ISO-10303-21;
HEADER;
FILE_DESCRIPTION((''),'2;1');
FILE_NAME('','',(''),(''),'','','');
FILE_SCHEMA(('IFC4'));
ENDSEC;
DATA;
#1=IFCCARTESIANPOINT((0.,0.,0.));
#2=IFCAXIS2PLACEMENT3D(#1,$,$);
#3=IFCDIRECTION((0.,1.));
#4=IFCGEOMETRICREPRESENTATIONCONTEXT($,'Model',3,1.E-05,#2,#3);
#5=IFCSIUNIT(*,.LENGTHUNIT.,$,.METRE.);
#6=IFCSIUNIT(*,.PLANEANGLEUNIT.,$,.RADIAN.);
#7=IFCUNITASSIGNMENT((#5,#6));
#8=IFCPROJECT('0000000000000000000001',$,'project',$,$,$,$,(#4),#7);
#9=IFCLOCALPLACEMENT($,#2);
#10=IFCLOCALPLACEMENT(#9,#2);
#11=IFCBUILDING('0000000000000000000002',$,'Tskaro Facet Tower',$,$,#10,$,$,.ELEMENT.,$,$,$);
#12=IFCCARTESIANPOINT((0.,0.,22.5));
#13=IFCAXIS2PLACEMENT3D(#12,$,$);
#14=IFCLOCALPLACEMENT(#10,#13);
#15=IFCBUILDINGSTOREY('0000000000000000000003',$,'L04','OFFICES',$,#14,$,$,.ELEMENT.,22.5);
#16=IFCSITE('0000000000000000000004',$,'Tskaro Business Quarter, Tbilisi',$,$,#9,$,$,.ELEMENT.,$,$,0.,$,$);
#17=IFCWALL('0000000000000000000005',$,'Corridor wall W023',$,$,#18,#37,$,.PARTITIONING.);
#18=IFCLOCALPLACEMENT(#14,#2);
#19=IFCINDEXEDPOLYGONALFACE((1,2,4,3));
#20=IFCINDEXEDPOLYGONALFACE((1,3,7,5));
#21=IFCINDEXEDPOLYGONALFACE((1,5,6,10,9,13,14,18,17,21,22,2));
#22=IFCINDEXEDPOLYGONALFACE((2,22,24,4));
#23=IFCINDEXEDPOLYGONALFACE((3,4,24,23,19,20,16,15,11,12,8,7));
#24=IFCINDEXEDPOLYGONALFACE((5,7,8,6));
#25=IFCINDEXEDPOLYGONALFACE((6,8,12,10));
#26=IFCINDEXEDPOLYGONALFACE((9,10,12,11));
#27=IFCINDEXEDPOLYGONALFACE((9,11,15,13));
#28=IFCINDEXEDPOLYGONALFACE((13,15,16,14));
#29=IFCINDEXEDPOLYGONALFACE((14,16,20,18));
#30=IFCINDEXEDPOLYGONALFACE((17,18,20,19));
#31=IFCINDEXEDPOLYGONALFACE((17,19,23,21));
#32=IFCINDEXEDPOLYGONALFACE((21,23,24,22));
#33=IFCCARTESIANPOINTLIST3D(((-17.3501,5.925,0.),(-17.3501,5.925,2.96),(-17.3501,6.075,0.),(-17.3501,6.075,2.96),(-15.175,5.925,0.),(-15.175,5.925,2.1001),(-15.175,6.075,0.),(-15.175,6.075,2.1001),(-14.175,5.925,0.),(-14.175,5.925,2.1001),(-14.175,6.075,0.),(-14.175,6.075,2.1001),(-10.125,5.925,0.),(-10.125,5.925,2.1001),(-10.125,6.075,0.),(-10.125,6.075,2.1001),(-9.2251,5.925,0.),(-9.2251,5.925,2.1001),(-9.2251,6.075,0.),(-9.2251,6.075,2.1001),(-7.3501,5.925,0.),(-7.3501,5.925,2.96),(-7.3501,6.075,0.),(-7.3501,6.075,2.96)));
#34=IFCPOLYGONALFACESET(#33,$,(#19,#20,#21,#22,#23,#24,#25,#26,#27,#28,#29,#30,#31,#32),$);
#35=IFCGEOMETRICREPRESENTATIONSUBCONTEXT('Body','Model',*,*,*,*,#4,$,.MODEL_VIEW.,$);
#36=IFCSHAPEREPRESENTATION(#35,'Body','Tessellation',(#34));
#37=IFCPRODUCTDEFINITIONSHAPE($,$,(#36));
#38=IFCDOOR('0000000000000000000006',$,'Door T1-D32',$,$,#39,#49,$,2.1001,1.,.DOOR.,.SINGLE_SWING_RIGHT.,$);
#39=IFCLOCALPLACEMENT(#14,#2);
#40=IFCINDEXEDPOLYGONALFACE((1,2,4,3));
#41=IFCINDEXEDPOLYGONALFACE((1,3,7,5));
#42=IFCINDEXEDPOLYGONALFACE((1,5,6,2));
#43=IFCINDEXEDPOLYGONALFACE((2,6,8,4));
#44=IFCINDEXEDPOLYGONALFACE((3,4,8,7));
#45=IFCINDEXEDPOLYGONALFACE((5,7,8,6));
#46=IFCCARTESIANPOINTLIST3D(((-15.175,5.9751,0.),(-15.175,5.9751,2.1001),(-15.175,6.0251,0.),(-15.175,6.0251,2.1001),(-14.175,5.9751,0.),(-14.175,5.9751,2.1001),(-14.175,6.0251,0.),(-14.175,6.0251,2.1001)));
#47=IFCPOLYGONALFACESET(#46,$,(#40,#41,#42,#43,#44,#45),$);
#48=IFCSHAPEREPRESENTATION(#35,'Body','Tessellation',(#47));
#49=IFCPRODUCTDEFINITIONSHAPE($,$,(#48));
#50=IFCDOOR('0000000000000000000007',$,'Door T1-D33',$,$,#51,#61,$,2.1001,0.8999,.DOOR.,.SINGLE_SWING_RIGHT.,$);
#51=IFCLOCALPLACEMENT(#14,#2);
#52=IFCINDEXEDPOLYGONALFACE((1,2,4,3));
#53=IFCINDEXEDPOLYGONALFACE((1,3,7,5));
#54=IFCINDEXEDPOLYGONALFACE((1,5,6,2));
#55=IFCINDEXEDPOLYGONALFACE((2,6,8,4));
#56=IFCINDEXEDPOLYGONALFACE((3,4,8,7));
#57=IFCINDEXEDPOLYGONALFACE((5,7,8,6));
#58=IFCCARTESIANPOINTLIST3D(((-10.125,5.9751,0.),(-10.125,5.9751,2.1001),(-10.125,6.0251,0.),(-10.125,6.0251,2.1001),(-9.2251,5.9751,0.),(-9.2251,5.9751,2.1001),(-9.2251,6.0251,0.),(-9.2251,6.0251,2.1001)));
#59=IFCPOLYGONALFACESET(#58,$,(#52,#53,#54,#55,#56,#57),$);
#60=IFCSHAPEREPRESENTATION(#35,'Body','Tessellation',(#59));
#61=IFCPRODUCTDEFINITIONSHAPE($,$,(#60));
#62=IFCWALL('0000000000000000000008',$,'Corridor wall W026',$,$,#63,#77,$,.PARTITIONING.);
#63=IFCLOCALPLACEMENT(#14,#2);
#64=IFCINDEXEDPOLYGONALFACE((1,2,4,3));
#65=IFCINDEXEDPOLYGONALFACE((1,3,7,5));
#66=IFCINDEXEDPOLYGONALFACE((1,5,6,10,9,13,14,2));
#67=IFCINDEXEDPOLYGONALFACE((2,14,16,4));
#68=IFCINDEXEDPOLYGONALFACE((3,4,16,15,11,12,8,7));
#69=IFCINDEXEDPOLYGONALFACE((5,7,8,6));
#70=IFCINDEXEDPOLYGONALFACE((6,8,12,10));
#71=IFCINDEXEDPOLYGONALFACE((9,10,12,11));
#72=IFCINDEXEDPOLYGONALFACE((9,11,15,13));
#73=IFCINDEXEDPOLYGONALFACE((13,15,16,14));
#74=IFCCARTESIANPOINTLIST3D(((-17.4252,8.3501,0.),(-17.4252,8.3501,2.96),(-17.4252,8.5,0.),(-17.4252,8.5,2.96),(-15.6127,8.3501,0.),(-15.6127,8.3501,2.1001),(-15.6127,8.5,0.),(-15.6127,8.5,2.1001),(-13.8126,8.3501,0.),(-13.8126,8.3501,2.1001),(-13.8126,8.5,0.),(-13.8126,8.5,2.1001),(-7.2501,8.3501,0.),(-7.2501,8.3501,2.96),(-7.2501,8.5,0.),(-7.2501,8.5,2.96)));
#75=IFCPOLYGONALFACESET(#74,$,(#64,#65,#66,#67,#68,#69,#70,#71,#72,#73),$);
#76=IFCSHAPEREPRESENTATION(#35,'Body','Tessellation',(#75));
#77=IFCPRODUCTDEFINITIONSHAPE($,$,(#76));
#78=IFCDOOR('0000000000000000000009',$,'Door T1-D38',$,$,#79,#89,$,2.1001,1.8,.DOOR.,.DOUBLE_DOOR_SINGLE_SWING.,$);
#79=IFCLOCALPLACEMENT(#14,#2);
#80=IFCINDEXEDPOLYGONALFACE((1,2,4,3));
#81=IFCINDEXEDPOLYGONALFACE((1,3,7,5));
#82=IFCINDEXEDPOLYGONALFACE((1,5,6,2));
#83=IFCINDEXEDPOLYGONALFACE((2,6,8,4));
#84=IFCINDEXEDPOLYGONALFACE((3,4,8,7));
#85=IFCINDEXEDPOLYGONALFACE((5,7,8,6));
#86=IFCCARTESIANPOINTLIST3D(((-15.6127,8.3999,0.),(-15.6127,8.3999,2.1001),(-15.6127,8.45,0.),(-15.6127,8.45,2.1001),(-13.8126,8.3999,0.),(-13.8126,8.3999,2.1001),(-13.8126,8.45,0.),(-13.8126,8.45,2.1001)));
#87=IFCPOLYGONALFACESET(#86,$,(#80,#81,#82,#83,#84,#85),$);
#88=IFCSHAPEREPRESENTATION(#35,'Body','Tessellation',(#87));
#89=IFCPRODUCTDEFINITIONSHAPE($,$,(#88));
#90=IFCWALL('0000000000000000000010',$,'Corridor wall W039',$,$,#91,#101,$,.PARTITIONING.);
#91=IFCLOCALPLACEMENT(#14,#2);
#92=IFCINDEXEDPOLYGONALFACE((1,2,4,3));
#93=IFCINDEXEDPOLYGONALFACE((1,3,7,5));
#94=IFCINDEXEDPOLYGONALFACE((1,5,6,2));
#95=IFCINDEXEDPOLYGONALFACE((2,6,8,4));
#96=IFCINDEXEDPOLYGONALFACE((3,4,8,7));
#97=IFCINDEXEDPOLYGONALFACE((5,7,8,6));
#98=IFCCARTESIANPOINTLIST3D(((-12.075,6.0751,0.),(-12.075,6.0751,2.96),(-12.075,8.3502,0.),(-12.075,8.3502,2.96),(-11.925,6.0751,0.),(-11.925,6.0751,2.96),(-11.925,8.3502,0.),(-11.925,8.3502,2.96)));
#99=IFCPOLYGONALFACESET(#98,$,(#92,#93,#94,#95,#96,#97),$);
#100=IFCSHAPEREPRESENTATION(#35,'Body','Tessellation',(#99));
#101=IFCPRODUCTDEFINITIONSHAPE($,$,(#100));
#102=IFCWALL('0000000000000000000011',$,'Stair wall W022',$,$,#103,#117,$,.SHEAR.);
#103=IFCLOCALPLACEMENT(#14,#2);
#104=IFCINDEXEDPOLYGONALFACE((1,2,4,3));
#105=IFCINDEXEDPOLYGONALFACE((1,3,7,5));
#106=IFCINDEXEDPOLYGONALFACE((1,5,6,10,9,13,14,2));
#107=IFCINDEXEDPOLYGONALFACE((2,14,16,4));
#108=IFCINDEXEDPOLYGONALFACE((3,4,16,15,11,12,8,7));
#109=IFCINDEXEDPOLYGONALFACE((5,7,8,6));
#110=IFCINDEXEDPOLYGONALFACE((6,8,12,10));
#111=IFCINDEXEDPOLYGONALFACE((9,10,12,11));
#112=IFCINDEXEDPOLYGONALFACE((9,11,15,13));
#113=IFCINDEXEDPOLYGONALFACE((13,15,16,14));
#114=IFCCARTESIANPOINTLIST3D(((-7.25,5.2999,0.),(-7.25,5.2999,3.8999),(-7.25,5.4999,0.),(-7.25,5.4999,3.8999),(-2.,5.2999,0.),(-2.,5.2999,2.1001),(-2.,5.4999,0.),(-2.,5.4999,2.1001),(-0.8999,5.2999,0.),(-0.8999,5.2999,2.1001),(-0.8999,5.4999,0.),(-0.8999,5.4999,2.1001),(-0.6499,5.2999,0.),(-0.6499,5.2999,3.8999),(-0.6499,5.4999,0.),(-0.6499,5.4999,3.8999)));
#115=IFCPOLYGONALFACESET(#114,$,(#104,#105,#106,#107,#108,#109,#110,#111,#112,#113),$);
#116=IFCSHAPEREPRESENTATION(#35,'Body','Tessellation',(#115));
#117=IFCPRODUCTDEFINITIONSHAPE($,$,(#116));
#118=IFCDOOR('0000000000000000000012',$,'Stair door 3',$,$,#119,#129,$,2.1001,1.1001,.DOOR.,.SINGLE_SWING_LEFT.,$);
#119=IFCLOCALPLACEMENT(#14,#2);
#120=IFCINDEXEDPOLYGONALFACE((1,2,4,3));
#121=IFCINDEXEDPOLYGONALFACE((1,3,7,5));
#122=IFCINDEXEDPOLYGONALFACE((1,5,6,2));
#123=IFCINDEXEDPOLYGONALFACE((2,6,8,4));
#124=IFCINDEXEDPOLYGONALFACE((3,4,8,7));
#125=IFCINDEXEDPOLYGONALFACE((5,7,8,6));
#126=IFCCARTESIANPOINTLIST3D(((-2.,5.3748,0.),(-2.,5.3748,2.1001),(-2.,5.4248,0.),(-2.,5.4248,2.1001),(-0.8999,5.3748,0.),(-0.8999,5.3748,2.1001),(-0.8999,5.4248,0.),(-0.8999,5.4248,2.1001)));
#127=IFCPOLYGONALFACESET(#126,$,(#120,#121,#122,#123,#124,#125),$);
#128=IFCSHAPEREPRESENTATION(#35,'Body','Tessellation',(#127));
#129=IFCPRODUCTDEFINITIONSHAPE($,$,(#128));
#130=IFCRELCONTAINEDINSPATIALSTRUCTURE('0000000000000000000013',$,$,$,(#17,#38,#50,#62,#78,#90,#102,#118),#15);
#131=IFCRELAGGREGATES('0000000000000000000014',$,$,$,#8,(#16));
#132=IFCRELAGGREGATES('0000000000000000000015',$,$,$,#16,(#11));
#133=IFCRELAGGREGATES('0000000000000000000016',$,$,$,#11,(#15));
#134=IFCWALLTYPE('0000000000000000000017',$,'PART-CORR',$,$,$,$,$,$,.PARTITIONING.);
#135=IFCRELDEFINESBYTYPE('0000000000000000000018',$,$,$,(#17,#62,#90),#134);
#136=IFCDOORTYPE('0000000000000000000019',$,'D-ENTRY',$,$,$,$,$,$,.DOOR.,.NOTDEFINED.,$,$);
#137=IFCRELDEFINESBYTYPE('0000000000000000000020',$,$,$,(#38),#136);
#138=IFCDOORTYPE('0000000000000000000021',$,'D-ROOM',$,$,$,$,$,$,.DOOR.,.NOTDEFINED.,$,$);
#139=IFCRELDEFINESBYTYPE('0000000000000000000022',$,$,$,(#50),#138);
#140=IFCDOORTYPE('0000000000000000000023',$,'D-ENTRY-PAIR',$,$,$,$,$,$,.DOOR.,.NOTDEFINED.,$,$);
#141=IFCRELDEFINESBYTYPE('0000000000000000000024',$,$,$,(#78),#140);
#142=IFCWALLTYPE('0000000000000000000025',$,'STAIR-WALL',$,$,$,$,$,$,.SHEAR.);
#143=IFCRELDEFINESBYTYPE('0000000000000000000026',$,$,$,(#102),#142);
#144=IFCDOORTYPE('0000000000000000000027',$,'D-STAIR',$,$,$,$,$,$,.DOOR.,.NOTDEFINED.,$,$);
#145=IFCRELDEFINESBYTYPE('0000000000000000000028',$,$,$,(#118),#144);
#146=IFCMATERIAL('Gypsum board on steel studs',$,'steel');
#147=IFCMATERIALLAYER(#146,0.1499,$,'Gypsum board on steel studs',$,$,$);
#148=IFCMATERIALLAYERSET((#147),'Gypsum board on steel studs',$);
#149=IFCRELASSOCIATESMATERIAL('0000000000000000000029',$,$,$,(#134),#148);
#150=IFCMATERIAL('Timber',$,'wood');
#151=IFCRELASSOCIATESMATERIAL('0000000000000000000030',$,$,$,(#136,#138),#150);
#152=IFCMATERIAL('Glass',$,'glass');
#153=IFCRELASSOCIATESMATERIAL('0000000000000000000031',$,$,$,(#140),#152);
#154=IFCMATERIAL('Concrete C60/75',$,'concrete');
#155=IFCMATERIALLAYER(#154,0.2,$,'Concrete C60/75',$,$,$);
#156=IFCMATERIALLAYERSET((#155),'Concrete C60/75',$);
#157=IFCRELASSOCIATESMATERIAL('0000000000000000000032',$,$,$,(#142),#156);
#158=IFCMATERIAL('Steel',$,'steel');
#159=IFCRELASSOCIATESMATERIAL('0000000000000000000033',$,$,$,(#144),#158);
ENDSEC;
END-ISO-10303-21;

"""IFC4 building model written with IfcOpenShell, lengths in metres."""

from ifc_helpers import new_model, si_unit, direction, frame, frame_2d, origin, place, context, subcontext, project, spatial, rectangle, extrude, material, layer, layer_set, type_object, element, fill, save


model = new_model("IFC4")

# Units and contexts
model_context = context("Model", 3, precision=1e-05, world=origin(), true_north=direction((0.0, 1.0)))
body_context = subcontext(model_context, "Body", "Model", "MODEL_VIEW")
ifc_project = project(units=[si_unit("LENGTHUNIT", "METRE"), si_unit("PLANEANGLEUNIT", "RADIAN")], contexts=[model_context])

# Site, building, storey
site_placement = place(None, origin())
site = spatial("IfcSite", under=ifc_project, at=site_placement, Name="Tskaro Business Quarter, Tbilisi", CompositionType="ELEMENT", RefElevation=0.0)
building_placement = place(site_placement, origin())
building = spatial("IfcBuilding", under=site, at=building_placement, Name="Tskaro Facet Tower", CompositionType="ELEMENT")
storey_placement = place(building_placement, frame((0.0, 0.0, 22.5)))
storey = spatial("IfcBuildingStorey", under=building, at=storey_placement, Name="L04", Description="OFFICES", CompositionType="ELEMENT", Elevation=22.5)

# Shared definitions
ifc_material_1 = material(Name="Gypsum board on steel studs", Category="steel")

# Wall, openings, doors
ifc_layer_1 = layer(ifc_material_1, 0.1499, Name="Gypsum board on steel studs")
ifc_layer_set_1 = layer_set([ifc_layer_1], Name="Gypsum board on steel studs")
wall_type_1 = type_object("IfcWallType", Name="PART-CORR", PredefinedType="PARTITIONING", material=ifc_layer_set_1)
wall_1_placement = place(storey_placement, frame((-7.3501, 6.0, 0.0), z_axis=(0.0, 0.0, 1.0), x_axis=(-1.0, 0.0, 0.0)))
wall_1 = element("IfcWall", 1, at=wall_1_placement, inside=storey, type_object=wall_type_1, Name="Corridor wall W023", PredefinedType="PARTITIONING", context=body_context, shape_type="SweptSolid", body=[
    extrude(rectangle(XDim=10.0, YDim=0.1499, at=frame_2d((5.0, 0.0))), origin(), (0.0, 0.0, 1.0), 2.96),
])
opening_1_placement = place(wall_1_placement, frame((6.825, 0.0, 0.0)))
opening_1 = element("IfcOpeningElement", 2, at=opening_1_placement, cuts=wall_1, PredefinedType="OPENING", context=body_context, shape_type="SweptSolid", body=[
    extrude(rectangle(XDim=1.0, YDim=2.1001, at=frame_2d((0.5, 1.05))), frame((0.0, 0.085, 0.0), z_axis=(0.0, -1.0, 0.0), x_axis=(1.0, 0.0, 0.0)), (0.0, 0.0, 1.0), 0.1699),
])
opening_2_placement = place(wall_1_placement, frame((1.875, 0.0, 0.0)))
opening_2 = element("IfcOpeningElement", 3, at=opening_2_placement, cuts=wall_1, PredefinedType="OPENING", context=body_context, shape_type="SweptSolid", body=[
    extrude(rectangle(XDim=0.8999, YDim=2.1001, at=frame_2d((0.45, 1.05))), frame((0.0, 0.085, 0.0), z_axis=(0.0, -1.0, 0.0), x_axis=(1.0, 0.0, 0.0)), (0.0, 0.0, 1.0), 0.1699),
])
ifc_material_2 = material(Name="Timber", Category="wood")
door_type_1 = type_object("IfcDoorType", Name="D-ENTRY", OperationType="NOTDEFINED", PredefinedType="DOOR", material=ifc_material_2)
door_1_placement = place(opening_1_placement, origin())
door_1 = element("IfcDoor", 4, at=door_1_placement, inside=storey, type_object=door_type_1, Name="Door T1-D32", OperationType="SINGLE_SWING_RIGHT", OverallHeight=2.1001, OverallWidth=1.0, PredefinedType="DOOR", context=body_context, shape_type="SweptSolid", body=[
    extrude(rectangle(XDim=1.0, YDim=2.1001, at=frame_2d((0.5, 1.05))), frame((0.0, 0.0249, 0.0), z_axis=(0.0, -1.0, 0.0), x_axis=(1.0, 0.0, 0.0)), (0.0, 0.0, 1.0), 0.05),
])
fill(opening_1, door_1)
door_type_2 = type_object("IfcDoorType", Name="D-ROOM", OperationType="NOTDEFINED", PredefinedType="DOOR", material=ifc_material_2)
door_2_placement = place(opening_2_placement, origin())
door_2 = element("IfcDoor", 5, at=door_2_placement, inside=storey, type_object=door_type_2, Name="Door T1-D33", OperationType="SINGLE_SWING_RIGHT", OverallHeight=2.1001, OverallWidth=0.8999, PredefinedType="DOOR", context=body_context, shape_type="SweptSolid", body=[
    extrude(rectangle(XDim=0.8999, YDim=2.1001, at=frame_2d((0.45, 1.05))), frame((0.0, 0.0249, 0.0), z_axis=(0.0, -1.0, 0.0), x_axis=(1.0, 0.0, 0.0)), (0.0, 0.0, 1.0), 0.05),
])
fill(opening_2, door_2)

# Wall, opening, door
wall_2_placement = place(storey_placement, frame((-17.425, 8.425, 0.0), z_axis=(0.0, 0.0, 1.0), x_axis=(1.0, 0.0, 0.0)))
wall_2 = element("IfcWall", 6, at=wall_2_placement, inside=storey, type_object=wall_type_1, Name="Corridor wall W026", PredefinedType="PARTITIONING", context=body_context, shape_type="SweptSolid", body=[
    extrude(rectangle(XDim=10.175, YDim=0.1499, at=frame_2d((5.0874, 0.0))), origin(), (0.0, 0.0, 1.0), 2.96),
])
opening_3_placement = place(wall_2_placement, frame((1.8125, 0.0, 0.0)))
opening_3 = element("IfcOpeningElement", 7, at=opening_3_placement, cuts=wall_2, PredefinedType="OPENING", context=body_context, shape_type="SweptSolid", body=[
    extrude(rectangle(XDim=1.8, YDim=2.1001, at=frame_2d((0.8999, 1.05))), frame((0.0, 0.085, 0.0), z_axis=(0.0, -1.0, 0.0), x_axis=(1.0, 0.0, 0.0)), (0.0, 0.0, 1.0), 0.1699),
])
ifc_material_3 = material(Name="Glass", Category="glass")
door_type_3 = type_object("IfcDoorType", Name="D-ENTRY-PAIR", OperationType="NOTDEFINED", PredefinedType="DOOR", material=ifc_material_3)
door_3_placement = place(opening_3_placement, origin())
door_3 = element("IfcDoor", 8, at=door_3_placement, inside=storey, type_object=door_type_3, Name="Door T1-D38", OperationType="DOUBLE_DOOR_SINGLE_SWING", OverallHeight=2.1001, OverallWidth=1.8, PredefinedType="DOOR", context=body_context, shape_type="SweptSolid", body=[
    extrude(rectangle(XDim=1.8, YDim=2.1001, at=frame_2d((0.8999, 1.05))), frame((0.0, 0.0249, 0.0), z_axis=(0.0, -1.0, 0.0), x_axis=(1.0, 0.0, 0.0)), (0.0, 0.0, 1.0), 0.05),
])
fill(opening_3, door_3)

# Wall
wall_3_placement = place(storey_placement, frame((-12.0, 6.075, 0.0), z_axis=(0.0, 0.0, 1.0), x_axis=(0.0, 1.0, 0.0)))
element("IfcWall", 9, at=wall_3_placement, inside=storey, type_object=wall_type_1, Name="Corridor wall W039", PredefinedType="PARTITIONING", context=body_context, shape_type="SweptSolid", body=[
    extrude(rectangle(XDim=2.2751, YDim=0.1499, at=frame_2d((1.1377, 0.0))), origin(), (0.0, 0.0, 1.0), 2.96),
])

# Wall, opening, door
ifc_material_4 = material(Name="Concrete C60/75", Category="concrete")
ifc_layer_2 = layer(ifc_material_4, 0.2, Name="Concrete C60/75")
ifc_layer_set_2 = layer_set([ifc_layer_2], Name="Concrete C60/75")
wall_type_2 = type_object("IfcWallType", Name="STAIR-WALL", PredefinedType="SHEAR", material=ifc_layer_set_2)
wall_4_placement = place(storey_placement, frame((-7.25, 5.3999, 0.0), z_axis=(0.0, 0.0, 1.0), x_axis=(1.0, 0.0, 0.0)))
wall_4 = element("IfcWall", 10, at=wall_4_placement, inside=storey, type_object=wall_type_2, Name="Stair wall W022", PredefinedType="SHEAR", context=body_context, shape_type="SweptSolid", body=[
    extrude(rectangle(XDim=6.6001, YDim=0.2, at=frame_2d((3.3, 0.0))), origin(), (0.0, 0.0, 1.0), 3.8999),
])
opening_4_placement = place(wall_4_placement, frame((5.25, 0.0, 0.0)))
opening_4 = element("IfcOpeningElement", 11, at=opening_4_placement, cuts=wall_4, PredefinedType="OPENING", context=body_context, shape_type="SweptSolid", body=[
    extrude(rectangle(XDim=1.1001, YDim=2.1001, at=frame_2d((0.55, 1.05))), frame((0.0, 0.1099, 0.0), z_axis=(0.0, -1.0, 0.0), x_axis=(1.0, 0.0, 0.0)), (0.0, 0.0, 1.0), 0.22),
])
ifc_material_5 = material(Name="Steel", Category="steel")
door_type_4 = type_object("IfcDoorType", Name="D-STAIR", OperationType="NOTDEFINED", PredefinedType="DOOR", material=ifc_material_5)
door_4_placement = place(opening_4_placement, origin())
door_4 = element("IfcDoor", 12, at=door_4_placement, inside=storey, type_object=door_type_4, Name="Stair door 3", OperationType="SINGLE_SWING_LEFT", OverallHeight=2.1001, OverallWidth=1.1001, PredefinedType="DOOR", context=body_context, shape_type="SweptSolid", body=[
    extrude(rectangle(XDim=1.1001, YDim=2.1001, at=frame_2d((0.55, 1.05))), frame((0.0, 0.0249, 0.0), z_axis=(0.0, -1.0, 0.0), x_axis=(1.0, 0.0, 0.0)), (0.0, 0.0, 1.0), 0.05),
])
fill(opening_4, door_4)

save(model, "model.ifc")
